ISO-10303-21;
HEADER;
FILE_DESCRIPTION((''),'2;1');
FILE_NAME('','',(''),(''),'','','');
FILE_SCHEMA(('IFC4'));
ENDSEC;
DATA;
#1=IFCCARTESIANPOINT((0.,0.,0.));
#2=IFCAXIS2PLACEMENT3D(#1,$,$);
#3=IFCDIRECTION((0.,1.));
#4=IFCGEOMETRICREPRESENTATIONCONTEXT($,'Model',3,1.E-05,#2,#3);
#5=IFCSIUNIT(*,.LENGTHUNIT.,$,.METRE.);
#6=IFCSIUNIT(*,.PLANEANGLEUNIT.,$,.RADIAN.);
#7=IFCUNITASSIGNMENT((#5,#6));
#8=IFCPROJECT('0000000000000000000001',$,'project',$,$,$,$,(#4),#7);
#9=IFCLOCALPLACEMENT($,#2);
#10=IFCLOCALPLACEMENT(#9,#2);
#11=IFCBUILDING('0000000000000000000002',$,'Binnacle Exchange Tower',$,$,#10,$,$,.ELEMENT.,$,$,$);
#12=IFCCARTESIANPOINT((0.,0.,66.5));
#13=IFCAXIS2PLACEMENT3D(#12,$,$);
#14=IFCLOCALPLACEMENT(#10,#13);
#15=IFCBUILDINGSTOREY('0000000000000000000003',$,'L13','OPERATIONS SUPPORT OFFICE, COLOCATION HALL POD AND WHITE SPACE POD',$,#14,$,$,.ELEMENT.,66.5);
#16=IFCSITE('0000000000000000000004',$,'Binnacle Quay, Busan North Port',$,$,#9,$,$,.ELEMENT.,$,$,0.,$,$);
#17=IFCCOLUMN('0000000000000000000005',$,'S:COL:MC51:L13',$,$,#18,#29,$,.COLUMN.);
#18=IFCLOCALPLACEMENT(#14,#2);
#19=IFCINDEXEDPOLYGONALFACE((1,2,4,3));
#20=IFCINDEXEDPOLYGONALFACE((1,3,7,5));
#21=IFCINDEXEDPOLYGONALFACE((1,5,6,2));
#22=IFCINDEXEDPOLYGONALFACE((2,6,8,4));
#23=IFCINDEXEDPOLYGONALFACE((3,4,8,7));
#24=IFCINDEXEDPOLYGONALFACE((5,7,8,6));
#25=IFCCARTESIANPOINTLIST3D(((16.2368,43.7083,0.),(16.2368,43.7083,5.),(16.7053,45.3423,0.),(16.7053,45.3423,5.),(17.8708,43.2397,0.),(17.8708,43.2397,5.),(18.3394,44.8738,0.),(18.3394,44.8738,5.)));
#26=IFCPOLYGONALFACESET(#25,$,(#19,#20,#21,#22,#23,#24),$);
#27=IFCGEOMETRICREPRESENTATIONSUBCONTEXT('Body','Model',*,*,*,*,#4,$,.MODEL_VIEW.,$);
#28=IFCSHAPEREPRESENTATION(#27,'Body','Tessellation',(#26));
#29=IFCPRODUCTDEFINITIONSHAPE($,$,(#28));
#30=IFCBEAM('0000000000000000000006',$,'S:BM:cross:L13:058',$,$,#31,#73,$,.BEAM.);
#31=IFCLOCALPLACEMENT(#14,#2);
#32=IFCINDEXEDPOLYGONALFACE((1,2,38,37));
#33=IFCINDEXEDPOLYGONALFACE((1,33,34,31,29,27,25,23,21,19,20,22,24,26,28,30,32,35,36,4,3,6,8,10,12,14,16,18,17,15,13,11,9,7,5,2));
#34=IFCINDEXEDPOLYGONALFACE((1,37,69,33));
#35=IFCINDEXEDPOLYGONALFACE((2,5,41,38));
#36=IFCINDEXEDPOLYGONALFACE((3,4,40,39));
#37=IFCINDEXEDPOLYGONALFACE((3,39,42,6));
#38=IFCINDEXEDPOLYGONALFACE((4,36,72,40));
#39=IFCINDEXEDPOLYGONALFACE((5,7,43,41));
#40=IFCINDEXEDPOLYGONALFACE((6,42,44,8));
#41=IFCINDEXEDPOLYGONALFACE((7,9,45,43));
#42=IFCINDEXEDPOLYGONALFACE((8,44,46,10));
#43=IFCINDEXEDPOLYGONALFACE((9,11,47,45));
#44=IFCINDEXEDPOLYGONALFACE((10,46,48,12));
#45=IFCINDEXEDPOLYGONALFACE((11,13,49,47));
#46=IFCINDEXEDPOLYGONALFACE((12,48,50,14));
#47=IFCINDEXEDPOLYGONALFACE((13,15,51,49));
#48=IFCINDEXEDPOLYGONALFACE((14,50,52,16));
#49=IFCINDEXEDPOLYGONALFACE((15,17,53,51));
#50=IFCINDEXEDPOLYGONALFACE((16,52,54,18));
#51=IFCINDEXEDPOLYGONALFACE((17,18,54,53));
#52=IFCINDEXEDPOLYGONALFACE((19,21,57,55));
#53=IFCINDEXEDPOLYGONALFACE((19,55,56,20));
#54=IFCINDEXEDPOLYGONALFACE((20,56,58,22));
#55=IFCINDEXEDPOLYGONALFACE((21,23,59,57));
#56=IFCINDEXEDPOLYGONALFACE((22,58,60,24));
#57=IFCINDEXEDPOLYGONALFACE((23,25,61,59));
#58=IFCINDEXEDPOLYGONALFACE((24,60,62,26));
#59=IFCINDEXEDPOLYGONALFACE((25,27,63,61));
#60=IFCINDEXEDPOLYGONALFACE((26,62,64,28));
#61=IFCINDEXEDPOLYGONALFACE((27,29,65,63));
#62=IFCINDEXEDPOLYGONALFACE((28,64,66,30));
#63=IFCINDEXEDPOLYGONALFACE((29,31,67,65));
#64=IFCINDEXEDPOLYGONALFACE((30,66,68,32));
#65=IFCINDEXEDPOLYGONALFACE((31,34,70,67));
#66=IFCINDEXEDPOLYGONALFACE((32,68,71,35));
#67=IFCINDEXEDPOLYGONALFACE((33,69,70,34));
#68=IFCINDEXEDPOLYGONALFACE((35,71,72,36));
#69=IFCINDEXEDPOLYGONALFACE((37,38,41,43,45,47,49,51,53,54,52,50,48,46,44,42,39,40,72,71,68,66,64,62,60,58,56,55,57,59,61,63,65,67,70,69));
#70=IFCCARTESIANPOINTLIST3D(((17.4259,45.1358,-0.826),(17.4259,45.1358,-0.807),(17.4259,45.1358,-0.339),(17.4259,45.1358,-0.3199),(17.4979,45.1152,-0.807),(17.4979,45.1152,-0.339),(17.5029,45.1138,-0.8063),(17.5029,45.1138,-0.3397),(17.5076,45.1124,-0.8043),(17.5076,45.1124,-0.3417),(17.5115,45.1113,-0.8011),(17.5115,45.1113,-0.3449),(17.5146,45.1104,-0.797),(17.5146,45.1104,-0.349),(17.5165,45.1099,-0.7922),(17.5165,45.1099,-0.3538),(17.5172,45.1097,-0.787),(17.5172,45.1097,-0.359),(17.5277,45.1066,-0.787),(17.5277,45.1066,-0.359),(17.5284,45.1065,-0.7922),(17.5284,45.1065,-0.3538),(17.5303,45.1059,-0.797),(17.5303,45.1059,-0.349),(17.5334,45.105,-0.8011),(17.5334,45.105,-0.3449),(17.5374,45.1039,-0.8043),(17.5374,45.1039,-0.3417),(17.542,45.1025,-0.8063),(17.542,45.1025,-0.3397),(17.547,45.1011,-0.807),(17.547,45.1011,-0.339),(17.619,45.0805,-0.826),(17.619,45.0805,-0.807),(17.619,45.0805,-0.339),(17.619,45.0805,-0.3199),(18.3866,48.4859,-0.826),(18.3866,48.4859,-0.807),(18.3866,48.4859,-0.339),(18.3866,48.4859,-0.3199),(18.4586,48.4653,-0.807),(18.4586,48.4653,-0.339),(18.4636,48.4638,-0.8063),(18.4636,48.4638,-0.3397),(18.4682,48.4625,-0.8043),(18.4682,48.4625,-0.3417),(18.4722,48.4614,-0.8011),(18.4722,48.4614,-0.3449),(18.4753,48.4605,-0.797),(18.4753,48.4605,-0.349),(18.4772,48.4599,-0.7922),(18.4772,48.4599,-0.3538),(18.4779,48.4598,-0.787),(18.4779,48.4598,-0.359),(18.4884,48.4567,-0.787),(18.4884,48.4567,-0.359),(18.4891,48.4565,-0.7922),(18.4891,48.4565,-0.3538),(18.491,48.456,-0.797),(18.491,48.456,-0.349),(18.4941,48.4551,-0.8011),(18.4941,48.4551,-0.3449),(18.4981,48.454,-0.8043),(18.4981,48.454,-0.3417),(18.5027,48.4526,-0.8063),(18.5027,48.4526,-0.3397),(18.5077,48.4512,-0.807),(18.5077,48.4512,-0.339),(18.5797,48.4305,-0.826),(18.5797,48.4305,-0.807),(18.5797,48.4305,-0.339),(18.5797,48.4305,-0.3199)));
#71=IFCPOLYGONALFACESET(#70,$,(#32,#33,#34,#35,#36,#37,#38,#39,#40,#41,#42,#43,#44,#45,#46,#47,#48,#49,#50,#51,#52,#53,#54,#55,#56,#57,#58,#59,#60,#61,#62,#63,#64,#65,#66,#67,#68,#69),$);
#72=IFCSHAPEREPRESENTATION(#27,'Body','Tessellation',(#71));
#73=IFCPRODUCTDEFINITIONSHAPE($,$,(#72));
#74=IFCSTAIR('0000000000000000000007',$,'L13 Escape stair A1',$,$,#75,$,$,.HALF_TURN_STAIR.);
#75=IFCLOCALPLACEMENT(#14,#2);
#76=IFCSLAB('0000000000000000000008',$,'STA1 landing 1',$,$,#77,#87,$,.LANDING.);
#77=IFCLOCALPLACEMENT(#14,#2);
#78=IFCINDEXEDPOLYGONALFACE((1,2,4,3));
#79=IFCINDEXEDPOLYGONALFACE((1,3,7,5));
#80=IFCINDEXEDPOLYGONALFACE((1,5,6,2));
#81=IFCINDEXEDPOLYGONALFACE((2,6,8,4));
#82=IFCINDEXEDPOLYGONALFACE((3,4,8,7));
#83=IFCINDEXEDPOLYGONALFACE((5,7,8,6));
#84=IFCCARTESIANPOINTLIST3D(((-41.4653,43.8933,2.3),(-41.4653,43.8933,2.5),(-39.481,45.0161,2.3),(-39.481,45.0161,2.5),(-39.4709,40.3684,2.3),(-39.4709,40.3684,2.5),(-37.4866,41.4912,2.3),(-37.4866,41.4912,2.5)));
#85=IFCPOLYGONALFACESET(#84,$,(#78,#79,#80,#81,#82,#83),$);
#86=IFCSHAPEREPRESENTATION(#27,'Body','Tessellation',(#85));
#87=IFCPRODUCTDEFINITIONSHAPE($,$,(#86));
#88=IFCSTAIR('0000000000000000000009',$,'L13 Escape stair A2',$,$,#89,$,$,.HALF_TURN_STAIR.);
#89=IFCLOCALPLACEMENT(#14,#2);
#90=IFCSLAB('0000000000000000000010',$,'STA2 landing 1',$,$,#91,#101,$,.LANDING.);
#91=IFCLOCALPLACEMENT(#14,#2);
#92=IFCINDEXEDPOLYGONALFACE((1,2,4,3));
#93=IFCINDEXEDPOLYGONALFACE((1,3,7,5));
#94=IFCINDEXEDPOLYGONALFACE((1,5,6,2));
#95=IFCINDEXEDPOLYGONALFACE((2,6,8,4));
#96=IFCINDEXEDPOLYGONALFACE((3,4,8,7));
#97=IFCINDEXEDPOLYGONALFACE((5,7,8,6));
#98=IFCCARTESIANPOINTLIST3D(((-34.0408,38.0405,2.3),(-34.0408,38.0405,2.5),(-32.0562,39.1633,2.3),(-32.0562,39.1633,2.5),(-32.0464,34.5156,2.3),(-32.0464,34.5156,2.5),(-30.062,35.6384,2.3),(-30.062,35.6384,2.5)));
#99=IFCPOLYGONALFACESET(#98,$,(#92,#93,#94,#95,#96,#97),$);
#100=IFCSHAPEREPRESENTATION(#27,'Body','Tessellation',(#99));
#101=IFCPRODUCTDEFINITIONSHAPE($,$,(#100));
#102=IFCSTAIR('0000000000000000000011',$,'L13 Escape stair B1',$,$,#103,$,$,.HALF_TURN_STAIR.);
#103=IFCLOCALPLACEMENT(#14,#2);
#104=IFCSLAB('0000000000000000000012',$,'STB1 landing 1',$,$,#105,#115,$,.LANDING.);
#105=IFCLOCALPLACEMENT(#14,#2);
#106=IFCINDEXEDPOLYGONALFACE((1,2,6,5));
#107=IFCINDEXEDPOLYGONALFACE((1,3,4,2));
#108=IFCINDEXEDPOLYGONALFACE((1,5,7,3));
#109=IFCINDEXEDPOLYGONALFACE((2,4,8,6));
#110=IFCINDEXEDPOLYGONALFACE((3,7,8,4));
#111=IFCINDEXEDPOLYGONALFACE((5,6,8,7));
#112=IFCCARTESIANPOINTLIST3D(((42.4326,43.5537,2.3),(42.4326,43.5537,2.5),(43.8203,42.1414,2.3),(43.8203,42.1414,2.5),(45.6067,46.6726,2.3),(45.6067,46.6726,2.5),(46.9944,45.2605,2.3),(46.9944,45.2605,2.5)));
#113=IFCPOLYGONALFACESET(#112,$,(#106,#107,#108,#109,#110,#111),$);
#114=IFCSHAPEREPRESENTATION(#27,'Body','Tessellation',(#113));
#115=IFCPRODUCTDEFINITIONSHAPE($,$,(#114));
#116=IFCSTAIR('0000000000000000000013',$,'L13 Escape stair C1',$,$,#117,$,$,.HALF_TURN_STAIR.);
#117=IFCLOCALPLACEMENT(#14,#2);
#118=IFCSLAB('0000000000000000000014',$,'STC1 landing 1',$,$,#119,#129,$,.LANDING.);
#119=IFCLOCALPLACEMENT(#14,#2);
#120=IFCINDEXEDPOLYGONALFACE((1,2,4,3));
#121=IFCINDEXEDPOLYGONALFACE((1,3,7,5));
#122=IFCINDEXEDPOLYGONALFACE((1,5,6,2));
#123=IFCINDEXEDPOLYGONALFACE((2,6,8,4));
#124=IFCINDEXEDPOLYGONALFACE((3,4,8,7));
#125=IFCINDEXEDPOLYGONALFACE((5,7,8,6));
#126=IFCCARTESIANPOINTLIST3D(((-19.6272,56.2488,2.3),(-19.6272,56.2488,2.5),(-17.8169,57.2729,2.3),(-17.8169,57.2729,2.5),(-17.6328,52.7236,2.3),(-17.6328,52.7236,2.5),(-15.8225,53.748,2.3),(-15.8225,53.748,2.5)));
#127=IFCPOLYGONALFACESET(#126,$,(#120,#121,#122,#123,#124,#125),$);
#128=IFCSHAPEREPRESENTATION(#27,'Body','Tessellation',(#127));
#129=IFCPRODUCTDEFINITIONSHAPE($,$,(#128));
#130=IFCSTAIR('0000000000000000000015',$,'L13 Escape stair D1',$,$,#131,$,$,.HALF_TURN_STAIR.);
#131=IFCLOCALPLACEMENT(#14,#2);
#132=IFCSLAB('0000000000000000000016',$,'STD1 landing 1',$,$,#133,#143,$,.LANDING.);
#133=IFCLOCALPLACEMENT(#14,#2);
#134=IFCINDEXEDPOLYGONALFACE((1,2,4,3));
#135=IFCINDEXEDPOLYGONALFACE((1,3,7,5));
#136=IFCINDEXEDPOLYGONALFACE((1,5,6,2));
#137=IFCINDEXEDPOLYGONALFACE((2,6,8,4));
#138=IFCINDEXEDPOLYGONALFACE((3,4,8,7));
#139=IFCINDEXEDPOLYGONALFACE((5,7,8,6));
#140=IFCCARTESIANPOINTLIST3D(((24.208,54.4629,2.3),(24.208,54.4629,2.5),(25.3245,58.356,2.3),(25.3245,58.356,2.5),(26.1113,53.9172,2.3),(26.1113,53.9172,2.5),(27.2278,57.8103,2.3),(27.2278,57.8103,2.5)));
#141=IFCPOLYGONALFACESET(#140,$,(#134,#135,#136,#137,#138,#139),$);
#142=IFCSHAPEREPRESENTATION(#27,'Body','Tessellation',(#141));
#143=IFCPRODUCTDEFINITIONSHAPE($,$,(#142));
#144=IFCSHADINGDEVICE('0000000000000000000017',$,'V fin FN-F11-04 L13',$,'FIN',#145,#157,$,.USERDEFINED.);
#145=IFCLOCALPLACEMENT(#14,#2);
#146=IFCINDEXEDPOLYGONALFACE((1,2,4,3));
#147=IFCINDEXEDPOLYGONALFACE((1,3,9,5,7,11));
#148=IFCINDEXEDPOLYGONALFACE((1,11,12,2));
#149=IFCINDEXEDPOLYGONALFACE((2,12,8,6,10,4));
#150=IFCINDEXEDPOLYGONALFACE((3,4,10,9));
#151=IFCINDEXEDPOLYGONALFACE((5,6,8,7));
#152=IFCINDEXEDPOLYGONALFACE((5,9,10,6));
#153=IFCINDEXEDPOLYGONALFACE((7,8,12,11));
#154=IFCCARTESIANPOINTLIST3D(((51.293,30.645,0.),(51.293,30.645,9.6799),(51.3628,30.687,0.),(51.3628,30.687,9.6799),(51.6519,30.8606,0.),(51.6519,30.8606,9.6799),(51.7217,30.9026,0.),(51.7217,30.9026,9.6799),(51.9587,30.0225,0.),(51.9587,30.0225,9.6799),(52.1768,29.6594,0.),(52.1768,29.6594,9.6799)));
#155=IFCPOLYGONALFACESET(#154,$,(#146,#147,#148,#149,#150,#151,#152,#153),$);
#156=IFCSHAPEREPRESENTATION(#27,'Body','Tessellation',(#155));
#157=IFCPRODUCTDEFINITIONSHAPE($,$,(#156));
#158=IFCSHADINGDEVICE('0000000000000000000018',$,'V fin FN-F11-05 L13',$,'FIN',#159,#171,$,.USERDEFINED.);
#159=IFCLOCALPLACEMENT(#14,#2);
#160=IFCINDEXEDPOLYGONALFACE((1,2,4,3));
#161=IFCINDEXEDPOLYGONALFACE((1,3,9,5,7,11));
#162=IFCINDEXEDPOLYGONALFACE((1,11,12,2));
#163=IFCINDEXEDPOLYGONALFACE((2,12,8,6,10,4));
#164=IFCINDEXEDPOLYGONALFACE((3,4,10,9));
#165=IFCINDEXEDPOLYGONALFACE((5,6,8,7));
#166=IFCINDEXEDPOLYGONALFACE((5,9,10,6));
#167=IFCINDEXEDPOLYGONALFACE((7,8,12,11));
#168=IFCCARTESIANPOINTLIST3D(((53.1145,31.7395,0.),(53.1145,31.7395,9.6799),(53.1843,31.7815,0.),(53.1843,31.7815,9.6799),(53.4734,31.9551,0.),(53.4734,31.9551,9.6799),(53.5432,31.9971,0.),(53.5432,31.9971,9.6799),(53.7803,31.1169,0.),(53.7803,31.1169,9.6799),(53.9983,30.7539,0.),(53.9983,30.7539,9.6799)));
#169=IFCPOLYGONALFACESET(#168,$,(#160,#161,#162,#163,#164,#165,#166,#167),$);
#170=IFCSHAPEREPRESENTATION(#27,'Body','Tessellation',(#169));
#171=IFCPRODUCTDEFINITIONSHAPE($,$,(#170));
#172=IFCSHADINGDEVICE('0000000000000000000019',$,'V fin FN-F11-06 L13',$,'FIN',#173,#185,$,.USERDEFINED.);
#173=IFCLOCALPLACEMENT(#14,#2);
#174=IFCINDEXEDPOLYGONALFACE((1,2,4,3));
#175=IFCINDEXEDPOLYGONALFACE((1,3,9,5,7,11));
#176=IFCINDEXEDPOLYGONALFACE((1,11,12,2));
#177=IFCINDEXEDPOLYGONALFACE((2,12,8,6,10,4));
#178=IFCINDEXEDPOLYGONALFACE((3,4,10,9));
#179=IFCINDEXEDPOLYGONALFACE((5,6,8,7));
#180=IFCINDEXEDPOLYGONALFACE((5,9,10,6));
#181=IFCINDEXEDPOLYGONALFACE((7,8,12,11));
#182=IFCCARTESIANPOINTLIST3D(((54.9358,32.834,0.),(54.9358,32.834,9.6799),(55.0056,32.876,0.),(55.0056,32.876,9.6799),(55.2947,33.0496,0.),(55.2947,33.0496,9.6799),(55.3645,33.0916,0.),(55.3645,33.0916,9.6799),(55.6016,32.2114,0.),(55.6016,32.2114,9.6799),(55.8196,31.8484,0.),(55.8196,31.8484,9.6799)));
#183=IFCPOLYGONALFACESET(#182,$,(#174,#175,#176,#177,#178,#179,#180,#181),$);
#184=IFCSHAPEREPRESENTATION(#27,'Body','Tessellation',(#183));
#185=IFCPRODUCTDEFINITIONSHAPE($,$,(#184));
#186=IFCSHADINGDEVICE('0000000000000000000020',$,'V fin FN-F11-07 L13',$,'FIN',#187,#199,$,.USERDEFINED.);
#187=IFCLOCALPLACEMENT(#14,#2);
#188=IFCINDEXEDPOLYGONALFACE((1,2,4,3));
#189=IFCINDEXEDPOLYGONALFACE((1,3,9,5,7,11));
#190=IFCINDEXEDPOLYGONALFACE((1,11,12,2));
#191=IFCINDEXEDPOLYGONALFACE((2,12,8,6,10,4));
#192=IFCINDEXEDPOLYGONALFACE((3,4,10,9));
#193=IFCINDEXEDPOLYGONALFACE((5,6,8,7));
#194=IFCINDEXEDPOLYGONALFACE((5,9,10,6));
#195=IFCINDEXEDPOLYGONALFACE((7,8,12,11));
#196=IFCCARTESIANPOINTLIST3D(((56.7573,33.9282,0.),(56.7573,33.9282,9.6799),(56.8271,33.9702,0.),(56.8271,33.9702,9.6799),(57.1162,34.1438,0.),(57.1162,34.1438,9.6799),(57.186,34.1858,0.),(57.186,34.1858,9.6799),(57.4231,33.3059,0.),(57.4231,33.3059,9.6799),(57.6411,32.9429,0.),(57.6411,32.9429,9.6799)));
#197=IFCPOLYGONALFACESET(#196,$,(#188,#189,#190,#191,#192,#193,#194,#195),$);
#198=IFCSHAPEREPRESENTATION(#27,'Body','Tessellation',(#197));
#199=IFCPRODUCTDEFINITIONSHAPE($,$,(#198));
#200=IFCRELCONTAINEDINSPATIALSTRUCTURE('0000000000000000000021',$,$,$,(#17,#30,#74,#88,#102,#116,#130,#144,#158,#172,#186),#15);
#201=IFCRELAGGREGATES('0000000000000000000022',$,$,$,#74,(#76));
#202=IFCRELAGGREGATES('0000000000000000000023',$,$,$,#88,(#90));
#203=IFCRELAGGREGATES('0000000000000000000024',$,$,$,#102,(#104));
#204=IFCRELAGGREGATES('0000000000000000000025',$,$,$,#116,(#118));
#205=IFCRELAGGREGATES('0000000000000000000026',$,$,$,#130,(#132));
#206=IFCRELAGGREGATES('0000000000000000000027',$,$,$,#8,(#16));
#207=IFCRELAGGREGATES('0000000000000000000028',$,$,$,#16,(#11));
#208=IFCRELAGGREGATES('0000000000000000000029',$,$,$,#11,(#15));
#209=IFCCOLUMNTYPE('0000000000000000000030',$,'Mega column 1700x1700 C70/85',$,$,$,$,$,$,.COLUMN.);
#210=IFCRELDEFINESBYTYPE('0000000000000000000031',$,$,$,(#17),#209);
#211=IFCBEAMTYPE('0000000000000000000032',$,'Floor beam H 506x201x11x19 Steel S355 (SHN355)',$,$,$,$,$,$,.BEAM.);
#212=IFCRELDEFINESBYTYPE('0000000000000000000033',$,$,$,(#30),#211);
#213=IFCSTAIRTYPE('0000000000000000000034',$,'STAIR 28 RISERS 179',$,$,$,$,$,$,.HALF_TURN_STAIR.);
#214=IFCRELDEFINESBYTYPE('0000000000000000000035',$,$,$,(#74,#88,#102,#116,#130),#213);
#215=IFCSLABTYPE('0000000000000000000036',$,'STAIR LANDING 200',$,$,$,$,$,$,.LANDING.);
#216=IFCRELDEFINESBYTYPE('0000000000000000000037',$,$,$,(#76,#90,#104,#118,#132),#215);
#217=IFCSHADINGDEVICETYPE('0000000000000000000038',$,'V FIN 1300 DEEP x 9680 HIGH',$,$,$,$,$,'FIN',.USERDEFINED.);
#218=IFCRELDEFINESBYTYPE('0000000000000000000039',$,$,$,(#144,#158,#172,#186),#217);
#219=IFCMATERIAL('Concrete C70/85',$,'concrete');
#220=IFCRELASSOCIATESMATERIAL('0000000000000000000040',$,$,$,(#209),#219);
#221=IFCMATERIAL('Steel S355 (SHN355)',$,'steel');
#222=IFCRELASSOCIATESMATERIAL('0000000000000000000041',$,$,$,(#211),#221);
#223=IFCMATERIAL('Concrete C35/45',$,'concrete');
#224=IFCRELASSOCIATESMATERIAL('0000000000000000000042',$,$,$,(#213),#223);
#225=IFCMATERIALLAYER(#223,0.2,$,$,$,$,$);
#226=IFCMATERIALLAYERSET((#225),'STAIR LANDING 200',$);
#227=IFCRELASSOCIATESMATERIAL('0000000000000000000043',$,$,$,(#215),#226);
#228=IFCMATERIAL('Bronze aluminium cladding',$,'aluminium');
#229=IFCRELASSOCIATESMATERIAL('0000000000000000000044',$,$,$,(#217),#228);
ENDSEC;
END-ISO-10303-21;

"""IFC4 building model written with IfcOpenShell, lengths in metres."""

from ifc_helpers import new_model, si_unit, direction, frame, origin, origin_2d, place, context, subcontext, project, spatial, polyline, rectangle, i_section, outline, extrude, material, layer, layer_set, material_profile, profile_set, type_object, element, aggregate, save


model = new_model("IFC4")

# Units and contexts
model_context = context("Model", 3, precision=1e-05, world=origin(), true_north=direction((0.0, 1.0)))
body_context = subcontext(model_context, "Body", "Model", "MODEL_VIEW")
ifc_project = project(units=[si_unit("LENGTHUNIT", "METRE"), si_unit("PLANEANGLEUNIT", "RADIAN")], contexts=[model_context])

# Site, building, storey
site_placement = place(None, origin())
site = spatial("IfcSite", under=ifc_project, at=site_placement, Name="Binnacle Quay, Busan North Port", CompositionType="ELEMENT", RefElevation=0.0)
building_placement = place(site_placement, origin())
building = spatial("IfcBuilding", under=site, at=building_placement, Name="Binnacle Exchange Tower", CompositionType="ELEMENT")
storey_placement = place(building_placement, frame((0.0, 0.0, 66.5)))
storey = spatial("IfcBuildingStorey", under=building, at=storey_placement, Name="L13", Description="OPERATIONS SUPPORT OFFICE, COLOCATION HALL POD AND WHITE SPACE POD", CompositionType="ELEMENT", Elevation=66.5)

# Column
ifc_material_1 = material(Name="Concrete C70/85", Category="concrete")
ifc_material_profile_1 = material_profile(ifc_material_1, rectangle(XDim=1.7, YDim=1.7, at=origin_2d()), Name="Mega column 1700x1700 C70/85")
ifc_profile_set_1 = profile_set([ifc_material_profile_1], Name="Concrete C70/85")
column_type = type_object("IfcColumnType", Name="Mega column 1700x1700 C70/85", PredefinedType="COLUMN", material=ifc_profile_set_1)
column_placement = place(storey_placement, frame((17.2881, 44.291, 0.0), z_axis=(0.0, 0.0, 1.0), x_axis=(0.961262, -0.275637, 0.0)))
element("IfcColumn", 1, at=column_placement, inside=storey, type_object=column_type, Name="S:COL:MC51:L13", PredefinedType="COLUMN", context=body_context, shape_type="SweptSolid", body=[
    extrude(rectangle(XDim=1.7, YDim=1.7, at=origin_2d()), origin(), (0.0, 0.0, 1.0), 5.0),
])

# Beam
ifc_material_2 = material(Name="Steel S355 (SHN355)", Category="steel")
ifc_material_profile_2 = material_profile(ifc_material_2, i_section(OverallWidth=0.2009, OverallDepth=0.5061, WebThickness=0.011, FlangeThickness=0.019, FilletRadius=0.02, at=origin_2d()), Name="H 506x201x11x19")
ifc_profile_set_2 = profile_set([ifc_material_profile_2], Name="Steel S355 (SHN355)")
beam_type = type_object("IfcBeamType", Name="Floor beam H 506x201x11x19 Steel S355 (SHN355)", PredefinedType="BEAM", material=ifc_profile_set_2)
beam_placement = place(storey_placement, frame((17.5225, 45.1082, -0.573), z_axis=(0.275655, 0.961257, 0.0), x_axis=(-0.961257, 0.275655, 0.0)))
element("IfcBeam", 2, at=beam_placement, inside=storey, type_object=beam_type, Name="S:BM:cross:L13:058", PredefinedType="BEAM", context=body_context, shape_type="SweptSolid", body=[
    extrude(i_section(OverallWidth=0.2009, OverallDepth=0.5061, WebThickness=0.011, FlangeThickness=0.019, FilletRadius=0.02, at=origin_2d()), origin(), (0.0, 0.0, 1.0), 3.4851),
])

# Stairs, slabs
ifc_material_3 = material(Name="Concrete C35/45", Category="concrete")
stair_type = type_object("IfcStairType", Name="STAIR 28 RISERS 179", PredefinedType="HALF_TURN_STAIR", material=ifc_material_3)
stair_1_placement = place(storey_placement, origin())
stair_1 = element("IfcStair", 3, at=stair_1_placement, inside=storey, type_object=stair_type, Name="L13 Escape stair A1", PredefinedType="HALF_TURN_STAIR")
ifc_layer = layer(ifc_material_3, 0.2)
ifc_layer_set = layer_set([ifc_layer], Name="STAIR LANDING 200")
slab_type = type_object("IfcSlabType", Name="STAIR LANDING 200", PredefinedType="LANDING", material=ifc_layer_set)
slab_1_placement = place(storey_placement, frame((0.0, 0.0, 2.3)))
slab_1 = element("IfcSlab", 4, at=slab_1_placement, type_object=slab_type, Name="STA1 landing 1", PredefinedType="LANDING", context=body_context, shape_type="SweptSolid", body=[
    extrude(outline(polyline([(-39.4709, 40.3684), (-37.4866, 41.4912), (-39.481, 45.0161), (-41.4653, 43.8933), (-39.4709, 40.3684)])), origin(), (0.0, 0.0, 1.0), 0.2),
])
aggregate(stair_1, [slab_1])
stair_2_placement = place(storey_placement, origin())
stair_2 = element("IfcStair", 5, at=stair_2_placement, inside=storey, type_object=stair_type, Name="L13 Escape stair A2", PredefinedType="HALF_TURN_STAIR")
slab_2_placement = place(storey_placement, frame((0.0, 0.0, 2.3)))
slab_2 = element("IfcSlab", 6, at=slab_2_placement, type_object=slab_type, Name="STA2 landing 1", PredefinedType="LANDING", context=body_context, shape_type="SweptSolid", body=[
    extrude(outline(polyline([(-32.0562, 39.1633), (-34.0408, 38.0405), (-32.0464, 34.5156), (-30.062, 35.6384), (-32.0562, 39.1633)])), origin(), (0.0, 0.0, 1.0), 0.2),
])
aggregate(stair_2, [slab_2])
stair_3_placement = place(storey_placement, origin())
stair_3 = element("IfcStair", 7, at=stair_3_placement, inside=storey, type_object=stair_type, Name="L13 Escape stair B1", PredefinedType="HALF_TURN_STAIR")
slab_3_placement = place(storey_placement, frame((0.0, 0.0, 2.3)))
slab_3 = element("IfcSlab", 8, at=slab_3_placement, type_object=slab_type, Name="STB1 landing 1", PredefinedType="LANDING", context=body_context, shape_type="SweptSolid", body=[
    extrude(outline(polyline([(42.4326, 43.5537), (43.8203, 42.1414), (46.9944, 45.2605), (45.6067, 46.6726), (42.4326, 43.5537)])), origin(), (0.0, 0.0, 1.0), 0.2),
])
aggregate(stair_3, [slab_3])
stair_4_placement = place(storey_placement, origin())
stair_4 = element("IfcStair", 9, at=stair_4_placement, inside=storey, type_object=stair_type, Name="L13 Escape stair C1", PredefinedType="HALF_TURN_STAIR")
slab_4_placement = place(storey_placement, frame((0.0, 0.0, 2.3)))
slab_4 = element("IfcSlab", 10, at=slab_4_placement, type_object=slab_type, Name="STC1 landing 1", PredefinedType="LANDING", context=body_context, shape_type="SweptSolid", body=[
    extrude(outline(polyline([(-17.6328, 52.7236), (-15.8225, 53.748), (-17.8169, 57.2729), (-19.6272, 56.2488), (-17.6328, 52.7236)])), origin(), (0.0, 0.0, 1.0), 0.2),
])
aggregate(stair_4, [slab_4])
stair_5_placement = place(storey_placement, origin())
stair_5 = element("IfcStair", 11, at=stair_5_placement, inside=storey, type_object=stair_type, Name="L13 Escape stair D1", PredefinedType="HALF_TURN_STAIR")
slab_5_placement = place(storey_placement, frame((0.0, 0.0, 2.3)))
slab_5 = element("IfcSlab", 12, at=slab_5_placement, type_object=slab_type, Name="STD1 landing 1", PredefinedType="LANDING", context=body_context, shape_type="SweptSolid", body=[
    extrude(outline(polyline([(24.208, 54.4629), (26.1113, 53.9172), (27.2278, 57.8103), (25.3245, 58.356), (24.208, 54.4629)])), origin(), (0.0, 0.0, 1.0), 0.2),
])
aggregate(stair_5, [slab_5])

# Shading devices
ifc_material_4 = material(Name="Bronze aluminium cladding", Category="aluminium")
shading_device_type = type_object("IfcShadingDeviceType", Name="V FIN 1300 DEEP x 9680 HIGH", ElementType="FIN", PredefinedType="USERDEFINED", material=ifc_material_4)
shading_device_1_placement = place(storey_placement, origin())
element("IfcShadingDevice", 13, at=shading_device_1_placement, inside=storey, type_object=shading_device_type, Name="V fin FN-F11-04 L13", ObjectType="FIN", PredefinedType="USERDEFINED", context=body_context, shape_type="SweptSolid", body=[
    extrude(outline(polyline([(51.293, 30.645), (52.1768, 29.6594), (51.7217, 30.9026), (51.6519, 30.8606), (51.9587, 30.0225), (51.3628, 30.687), (51.293, 30.645)])), origin(), (0.0, 0.0, 1.0), 9.6799),
])
shading_device_2_placement = place(storey_placement, origin())
element("IfcShadingDevice", 14, at=shading_device_2_placement, inside=storey, type_object=shading_device_type, Name="V fin FN-F11-05 L13", ObjectType="FIN", PredefinedType="USERDEFINED", context=body_context, shape_type="SweptSolid", body=[
    extrude(outline(polyline([(53.1145, 31.7395), (53.9983, 30.7539), (53.5432, 31.9971), (53.4734, 31.9551), (53.7803, 31.1169), (53.1843, 31.7815), (53.1145, 31.7395)])), origin(), (0.0, 0.0, 1.0), 9.6799),
])
shading_device_3_placement = place(storey_placement, origin())
element("IfcShadingDevice", 15, at=shading_device_3_placement, inside=storey, type_object=shading_device_type, Name="V fin FN-F11-06 L13", ObjectType="FIN", PredefinedType="USERDEFINED", context=body_context, shape_type="SweptSolid", body=[
    extrude(outline(polyline([(54.9358, 32.834), (55.8196, 31.8484), (55.3645, 33.0916), (55.2947, 33.0496), (55.6016, 32.2114), (55.0056, 32.876), (54.9358, 32.834)])), origin(), (0.0, 0.0, 1.0), 9.6799),
])
shading_device_4_placement = place(storey_placement, origin())
element("IfcShadingDevice", 16, at=shading_device_4_placement, inside=storey, type_object=shading_device_type, Name="V fin FN-F11-07 L13", ObjectType="FIN", PredefinedType="USERDEFINED", context=body_context, shape_type="SweptSolid", body=[
    extrude(outline(polyline([(56.7573, 33.9282), (57.6411, 32.9429), (57.186, 34.1858), (57.1162, 34.1438), (57.4231, 33.3059), (56.8271, 33.9702), (56.7573, 33.9282)])), origin(), (0.0, 0.0, 1.0), 9.6799),
])

save(model, "model.ifc")
